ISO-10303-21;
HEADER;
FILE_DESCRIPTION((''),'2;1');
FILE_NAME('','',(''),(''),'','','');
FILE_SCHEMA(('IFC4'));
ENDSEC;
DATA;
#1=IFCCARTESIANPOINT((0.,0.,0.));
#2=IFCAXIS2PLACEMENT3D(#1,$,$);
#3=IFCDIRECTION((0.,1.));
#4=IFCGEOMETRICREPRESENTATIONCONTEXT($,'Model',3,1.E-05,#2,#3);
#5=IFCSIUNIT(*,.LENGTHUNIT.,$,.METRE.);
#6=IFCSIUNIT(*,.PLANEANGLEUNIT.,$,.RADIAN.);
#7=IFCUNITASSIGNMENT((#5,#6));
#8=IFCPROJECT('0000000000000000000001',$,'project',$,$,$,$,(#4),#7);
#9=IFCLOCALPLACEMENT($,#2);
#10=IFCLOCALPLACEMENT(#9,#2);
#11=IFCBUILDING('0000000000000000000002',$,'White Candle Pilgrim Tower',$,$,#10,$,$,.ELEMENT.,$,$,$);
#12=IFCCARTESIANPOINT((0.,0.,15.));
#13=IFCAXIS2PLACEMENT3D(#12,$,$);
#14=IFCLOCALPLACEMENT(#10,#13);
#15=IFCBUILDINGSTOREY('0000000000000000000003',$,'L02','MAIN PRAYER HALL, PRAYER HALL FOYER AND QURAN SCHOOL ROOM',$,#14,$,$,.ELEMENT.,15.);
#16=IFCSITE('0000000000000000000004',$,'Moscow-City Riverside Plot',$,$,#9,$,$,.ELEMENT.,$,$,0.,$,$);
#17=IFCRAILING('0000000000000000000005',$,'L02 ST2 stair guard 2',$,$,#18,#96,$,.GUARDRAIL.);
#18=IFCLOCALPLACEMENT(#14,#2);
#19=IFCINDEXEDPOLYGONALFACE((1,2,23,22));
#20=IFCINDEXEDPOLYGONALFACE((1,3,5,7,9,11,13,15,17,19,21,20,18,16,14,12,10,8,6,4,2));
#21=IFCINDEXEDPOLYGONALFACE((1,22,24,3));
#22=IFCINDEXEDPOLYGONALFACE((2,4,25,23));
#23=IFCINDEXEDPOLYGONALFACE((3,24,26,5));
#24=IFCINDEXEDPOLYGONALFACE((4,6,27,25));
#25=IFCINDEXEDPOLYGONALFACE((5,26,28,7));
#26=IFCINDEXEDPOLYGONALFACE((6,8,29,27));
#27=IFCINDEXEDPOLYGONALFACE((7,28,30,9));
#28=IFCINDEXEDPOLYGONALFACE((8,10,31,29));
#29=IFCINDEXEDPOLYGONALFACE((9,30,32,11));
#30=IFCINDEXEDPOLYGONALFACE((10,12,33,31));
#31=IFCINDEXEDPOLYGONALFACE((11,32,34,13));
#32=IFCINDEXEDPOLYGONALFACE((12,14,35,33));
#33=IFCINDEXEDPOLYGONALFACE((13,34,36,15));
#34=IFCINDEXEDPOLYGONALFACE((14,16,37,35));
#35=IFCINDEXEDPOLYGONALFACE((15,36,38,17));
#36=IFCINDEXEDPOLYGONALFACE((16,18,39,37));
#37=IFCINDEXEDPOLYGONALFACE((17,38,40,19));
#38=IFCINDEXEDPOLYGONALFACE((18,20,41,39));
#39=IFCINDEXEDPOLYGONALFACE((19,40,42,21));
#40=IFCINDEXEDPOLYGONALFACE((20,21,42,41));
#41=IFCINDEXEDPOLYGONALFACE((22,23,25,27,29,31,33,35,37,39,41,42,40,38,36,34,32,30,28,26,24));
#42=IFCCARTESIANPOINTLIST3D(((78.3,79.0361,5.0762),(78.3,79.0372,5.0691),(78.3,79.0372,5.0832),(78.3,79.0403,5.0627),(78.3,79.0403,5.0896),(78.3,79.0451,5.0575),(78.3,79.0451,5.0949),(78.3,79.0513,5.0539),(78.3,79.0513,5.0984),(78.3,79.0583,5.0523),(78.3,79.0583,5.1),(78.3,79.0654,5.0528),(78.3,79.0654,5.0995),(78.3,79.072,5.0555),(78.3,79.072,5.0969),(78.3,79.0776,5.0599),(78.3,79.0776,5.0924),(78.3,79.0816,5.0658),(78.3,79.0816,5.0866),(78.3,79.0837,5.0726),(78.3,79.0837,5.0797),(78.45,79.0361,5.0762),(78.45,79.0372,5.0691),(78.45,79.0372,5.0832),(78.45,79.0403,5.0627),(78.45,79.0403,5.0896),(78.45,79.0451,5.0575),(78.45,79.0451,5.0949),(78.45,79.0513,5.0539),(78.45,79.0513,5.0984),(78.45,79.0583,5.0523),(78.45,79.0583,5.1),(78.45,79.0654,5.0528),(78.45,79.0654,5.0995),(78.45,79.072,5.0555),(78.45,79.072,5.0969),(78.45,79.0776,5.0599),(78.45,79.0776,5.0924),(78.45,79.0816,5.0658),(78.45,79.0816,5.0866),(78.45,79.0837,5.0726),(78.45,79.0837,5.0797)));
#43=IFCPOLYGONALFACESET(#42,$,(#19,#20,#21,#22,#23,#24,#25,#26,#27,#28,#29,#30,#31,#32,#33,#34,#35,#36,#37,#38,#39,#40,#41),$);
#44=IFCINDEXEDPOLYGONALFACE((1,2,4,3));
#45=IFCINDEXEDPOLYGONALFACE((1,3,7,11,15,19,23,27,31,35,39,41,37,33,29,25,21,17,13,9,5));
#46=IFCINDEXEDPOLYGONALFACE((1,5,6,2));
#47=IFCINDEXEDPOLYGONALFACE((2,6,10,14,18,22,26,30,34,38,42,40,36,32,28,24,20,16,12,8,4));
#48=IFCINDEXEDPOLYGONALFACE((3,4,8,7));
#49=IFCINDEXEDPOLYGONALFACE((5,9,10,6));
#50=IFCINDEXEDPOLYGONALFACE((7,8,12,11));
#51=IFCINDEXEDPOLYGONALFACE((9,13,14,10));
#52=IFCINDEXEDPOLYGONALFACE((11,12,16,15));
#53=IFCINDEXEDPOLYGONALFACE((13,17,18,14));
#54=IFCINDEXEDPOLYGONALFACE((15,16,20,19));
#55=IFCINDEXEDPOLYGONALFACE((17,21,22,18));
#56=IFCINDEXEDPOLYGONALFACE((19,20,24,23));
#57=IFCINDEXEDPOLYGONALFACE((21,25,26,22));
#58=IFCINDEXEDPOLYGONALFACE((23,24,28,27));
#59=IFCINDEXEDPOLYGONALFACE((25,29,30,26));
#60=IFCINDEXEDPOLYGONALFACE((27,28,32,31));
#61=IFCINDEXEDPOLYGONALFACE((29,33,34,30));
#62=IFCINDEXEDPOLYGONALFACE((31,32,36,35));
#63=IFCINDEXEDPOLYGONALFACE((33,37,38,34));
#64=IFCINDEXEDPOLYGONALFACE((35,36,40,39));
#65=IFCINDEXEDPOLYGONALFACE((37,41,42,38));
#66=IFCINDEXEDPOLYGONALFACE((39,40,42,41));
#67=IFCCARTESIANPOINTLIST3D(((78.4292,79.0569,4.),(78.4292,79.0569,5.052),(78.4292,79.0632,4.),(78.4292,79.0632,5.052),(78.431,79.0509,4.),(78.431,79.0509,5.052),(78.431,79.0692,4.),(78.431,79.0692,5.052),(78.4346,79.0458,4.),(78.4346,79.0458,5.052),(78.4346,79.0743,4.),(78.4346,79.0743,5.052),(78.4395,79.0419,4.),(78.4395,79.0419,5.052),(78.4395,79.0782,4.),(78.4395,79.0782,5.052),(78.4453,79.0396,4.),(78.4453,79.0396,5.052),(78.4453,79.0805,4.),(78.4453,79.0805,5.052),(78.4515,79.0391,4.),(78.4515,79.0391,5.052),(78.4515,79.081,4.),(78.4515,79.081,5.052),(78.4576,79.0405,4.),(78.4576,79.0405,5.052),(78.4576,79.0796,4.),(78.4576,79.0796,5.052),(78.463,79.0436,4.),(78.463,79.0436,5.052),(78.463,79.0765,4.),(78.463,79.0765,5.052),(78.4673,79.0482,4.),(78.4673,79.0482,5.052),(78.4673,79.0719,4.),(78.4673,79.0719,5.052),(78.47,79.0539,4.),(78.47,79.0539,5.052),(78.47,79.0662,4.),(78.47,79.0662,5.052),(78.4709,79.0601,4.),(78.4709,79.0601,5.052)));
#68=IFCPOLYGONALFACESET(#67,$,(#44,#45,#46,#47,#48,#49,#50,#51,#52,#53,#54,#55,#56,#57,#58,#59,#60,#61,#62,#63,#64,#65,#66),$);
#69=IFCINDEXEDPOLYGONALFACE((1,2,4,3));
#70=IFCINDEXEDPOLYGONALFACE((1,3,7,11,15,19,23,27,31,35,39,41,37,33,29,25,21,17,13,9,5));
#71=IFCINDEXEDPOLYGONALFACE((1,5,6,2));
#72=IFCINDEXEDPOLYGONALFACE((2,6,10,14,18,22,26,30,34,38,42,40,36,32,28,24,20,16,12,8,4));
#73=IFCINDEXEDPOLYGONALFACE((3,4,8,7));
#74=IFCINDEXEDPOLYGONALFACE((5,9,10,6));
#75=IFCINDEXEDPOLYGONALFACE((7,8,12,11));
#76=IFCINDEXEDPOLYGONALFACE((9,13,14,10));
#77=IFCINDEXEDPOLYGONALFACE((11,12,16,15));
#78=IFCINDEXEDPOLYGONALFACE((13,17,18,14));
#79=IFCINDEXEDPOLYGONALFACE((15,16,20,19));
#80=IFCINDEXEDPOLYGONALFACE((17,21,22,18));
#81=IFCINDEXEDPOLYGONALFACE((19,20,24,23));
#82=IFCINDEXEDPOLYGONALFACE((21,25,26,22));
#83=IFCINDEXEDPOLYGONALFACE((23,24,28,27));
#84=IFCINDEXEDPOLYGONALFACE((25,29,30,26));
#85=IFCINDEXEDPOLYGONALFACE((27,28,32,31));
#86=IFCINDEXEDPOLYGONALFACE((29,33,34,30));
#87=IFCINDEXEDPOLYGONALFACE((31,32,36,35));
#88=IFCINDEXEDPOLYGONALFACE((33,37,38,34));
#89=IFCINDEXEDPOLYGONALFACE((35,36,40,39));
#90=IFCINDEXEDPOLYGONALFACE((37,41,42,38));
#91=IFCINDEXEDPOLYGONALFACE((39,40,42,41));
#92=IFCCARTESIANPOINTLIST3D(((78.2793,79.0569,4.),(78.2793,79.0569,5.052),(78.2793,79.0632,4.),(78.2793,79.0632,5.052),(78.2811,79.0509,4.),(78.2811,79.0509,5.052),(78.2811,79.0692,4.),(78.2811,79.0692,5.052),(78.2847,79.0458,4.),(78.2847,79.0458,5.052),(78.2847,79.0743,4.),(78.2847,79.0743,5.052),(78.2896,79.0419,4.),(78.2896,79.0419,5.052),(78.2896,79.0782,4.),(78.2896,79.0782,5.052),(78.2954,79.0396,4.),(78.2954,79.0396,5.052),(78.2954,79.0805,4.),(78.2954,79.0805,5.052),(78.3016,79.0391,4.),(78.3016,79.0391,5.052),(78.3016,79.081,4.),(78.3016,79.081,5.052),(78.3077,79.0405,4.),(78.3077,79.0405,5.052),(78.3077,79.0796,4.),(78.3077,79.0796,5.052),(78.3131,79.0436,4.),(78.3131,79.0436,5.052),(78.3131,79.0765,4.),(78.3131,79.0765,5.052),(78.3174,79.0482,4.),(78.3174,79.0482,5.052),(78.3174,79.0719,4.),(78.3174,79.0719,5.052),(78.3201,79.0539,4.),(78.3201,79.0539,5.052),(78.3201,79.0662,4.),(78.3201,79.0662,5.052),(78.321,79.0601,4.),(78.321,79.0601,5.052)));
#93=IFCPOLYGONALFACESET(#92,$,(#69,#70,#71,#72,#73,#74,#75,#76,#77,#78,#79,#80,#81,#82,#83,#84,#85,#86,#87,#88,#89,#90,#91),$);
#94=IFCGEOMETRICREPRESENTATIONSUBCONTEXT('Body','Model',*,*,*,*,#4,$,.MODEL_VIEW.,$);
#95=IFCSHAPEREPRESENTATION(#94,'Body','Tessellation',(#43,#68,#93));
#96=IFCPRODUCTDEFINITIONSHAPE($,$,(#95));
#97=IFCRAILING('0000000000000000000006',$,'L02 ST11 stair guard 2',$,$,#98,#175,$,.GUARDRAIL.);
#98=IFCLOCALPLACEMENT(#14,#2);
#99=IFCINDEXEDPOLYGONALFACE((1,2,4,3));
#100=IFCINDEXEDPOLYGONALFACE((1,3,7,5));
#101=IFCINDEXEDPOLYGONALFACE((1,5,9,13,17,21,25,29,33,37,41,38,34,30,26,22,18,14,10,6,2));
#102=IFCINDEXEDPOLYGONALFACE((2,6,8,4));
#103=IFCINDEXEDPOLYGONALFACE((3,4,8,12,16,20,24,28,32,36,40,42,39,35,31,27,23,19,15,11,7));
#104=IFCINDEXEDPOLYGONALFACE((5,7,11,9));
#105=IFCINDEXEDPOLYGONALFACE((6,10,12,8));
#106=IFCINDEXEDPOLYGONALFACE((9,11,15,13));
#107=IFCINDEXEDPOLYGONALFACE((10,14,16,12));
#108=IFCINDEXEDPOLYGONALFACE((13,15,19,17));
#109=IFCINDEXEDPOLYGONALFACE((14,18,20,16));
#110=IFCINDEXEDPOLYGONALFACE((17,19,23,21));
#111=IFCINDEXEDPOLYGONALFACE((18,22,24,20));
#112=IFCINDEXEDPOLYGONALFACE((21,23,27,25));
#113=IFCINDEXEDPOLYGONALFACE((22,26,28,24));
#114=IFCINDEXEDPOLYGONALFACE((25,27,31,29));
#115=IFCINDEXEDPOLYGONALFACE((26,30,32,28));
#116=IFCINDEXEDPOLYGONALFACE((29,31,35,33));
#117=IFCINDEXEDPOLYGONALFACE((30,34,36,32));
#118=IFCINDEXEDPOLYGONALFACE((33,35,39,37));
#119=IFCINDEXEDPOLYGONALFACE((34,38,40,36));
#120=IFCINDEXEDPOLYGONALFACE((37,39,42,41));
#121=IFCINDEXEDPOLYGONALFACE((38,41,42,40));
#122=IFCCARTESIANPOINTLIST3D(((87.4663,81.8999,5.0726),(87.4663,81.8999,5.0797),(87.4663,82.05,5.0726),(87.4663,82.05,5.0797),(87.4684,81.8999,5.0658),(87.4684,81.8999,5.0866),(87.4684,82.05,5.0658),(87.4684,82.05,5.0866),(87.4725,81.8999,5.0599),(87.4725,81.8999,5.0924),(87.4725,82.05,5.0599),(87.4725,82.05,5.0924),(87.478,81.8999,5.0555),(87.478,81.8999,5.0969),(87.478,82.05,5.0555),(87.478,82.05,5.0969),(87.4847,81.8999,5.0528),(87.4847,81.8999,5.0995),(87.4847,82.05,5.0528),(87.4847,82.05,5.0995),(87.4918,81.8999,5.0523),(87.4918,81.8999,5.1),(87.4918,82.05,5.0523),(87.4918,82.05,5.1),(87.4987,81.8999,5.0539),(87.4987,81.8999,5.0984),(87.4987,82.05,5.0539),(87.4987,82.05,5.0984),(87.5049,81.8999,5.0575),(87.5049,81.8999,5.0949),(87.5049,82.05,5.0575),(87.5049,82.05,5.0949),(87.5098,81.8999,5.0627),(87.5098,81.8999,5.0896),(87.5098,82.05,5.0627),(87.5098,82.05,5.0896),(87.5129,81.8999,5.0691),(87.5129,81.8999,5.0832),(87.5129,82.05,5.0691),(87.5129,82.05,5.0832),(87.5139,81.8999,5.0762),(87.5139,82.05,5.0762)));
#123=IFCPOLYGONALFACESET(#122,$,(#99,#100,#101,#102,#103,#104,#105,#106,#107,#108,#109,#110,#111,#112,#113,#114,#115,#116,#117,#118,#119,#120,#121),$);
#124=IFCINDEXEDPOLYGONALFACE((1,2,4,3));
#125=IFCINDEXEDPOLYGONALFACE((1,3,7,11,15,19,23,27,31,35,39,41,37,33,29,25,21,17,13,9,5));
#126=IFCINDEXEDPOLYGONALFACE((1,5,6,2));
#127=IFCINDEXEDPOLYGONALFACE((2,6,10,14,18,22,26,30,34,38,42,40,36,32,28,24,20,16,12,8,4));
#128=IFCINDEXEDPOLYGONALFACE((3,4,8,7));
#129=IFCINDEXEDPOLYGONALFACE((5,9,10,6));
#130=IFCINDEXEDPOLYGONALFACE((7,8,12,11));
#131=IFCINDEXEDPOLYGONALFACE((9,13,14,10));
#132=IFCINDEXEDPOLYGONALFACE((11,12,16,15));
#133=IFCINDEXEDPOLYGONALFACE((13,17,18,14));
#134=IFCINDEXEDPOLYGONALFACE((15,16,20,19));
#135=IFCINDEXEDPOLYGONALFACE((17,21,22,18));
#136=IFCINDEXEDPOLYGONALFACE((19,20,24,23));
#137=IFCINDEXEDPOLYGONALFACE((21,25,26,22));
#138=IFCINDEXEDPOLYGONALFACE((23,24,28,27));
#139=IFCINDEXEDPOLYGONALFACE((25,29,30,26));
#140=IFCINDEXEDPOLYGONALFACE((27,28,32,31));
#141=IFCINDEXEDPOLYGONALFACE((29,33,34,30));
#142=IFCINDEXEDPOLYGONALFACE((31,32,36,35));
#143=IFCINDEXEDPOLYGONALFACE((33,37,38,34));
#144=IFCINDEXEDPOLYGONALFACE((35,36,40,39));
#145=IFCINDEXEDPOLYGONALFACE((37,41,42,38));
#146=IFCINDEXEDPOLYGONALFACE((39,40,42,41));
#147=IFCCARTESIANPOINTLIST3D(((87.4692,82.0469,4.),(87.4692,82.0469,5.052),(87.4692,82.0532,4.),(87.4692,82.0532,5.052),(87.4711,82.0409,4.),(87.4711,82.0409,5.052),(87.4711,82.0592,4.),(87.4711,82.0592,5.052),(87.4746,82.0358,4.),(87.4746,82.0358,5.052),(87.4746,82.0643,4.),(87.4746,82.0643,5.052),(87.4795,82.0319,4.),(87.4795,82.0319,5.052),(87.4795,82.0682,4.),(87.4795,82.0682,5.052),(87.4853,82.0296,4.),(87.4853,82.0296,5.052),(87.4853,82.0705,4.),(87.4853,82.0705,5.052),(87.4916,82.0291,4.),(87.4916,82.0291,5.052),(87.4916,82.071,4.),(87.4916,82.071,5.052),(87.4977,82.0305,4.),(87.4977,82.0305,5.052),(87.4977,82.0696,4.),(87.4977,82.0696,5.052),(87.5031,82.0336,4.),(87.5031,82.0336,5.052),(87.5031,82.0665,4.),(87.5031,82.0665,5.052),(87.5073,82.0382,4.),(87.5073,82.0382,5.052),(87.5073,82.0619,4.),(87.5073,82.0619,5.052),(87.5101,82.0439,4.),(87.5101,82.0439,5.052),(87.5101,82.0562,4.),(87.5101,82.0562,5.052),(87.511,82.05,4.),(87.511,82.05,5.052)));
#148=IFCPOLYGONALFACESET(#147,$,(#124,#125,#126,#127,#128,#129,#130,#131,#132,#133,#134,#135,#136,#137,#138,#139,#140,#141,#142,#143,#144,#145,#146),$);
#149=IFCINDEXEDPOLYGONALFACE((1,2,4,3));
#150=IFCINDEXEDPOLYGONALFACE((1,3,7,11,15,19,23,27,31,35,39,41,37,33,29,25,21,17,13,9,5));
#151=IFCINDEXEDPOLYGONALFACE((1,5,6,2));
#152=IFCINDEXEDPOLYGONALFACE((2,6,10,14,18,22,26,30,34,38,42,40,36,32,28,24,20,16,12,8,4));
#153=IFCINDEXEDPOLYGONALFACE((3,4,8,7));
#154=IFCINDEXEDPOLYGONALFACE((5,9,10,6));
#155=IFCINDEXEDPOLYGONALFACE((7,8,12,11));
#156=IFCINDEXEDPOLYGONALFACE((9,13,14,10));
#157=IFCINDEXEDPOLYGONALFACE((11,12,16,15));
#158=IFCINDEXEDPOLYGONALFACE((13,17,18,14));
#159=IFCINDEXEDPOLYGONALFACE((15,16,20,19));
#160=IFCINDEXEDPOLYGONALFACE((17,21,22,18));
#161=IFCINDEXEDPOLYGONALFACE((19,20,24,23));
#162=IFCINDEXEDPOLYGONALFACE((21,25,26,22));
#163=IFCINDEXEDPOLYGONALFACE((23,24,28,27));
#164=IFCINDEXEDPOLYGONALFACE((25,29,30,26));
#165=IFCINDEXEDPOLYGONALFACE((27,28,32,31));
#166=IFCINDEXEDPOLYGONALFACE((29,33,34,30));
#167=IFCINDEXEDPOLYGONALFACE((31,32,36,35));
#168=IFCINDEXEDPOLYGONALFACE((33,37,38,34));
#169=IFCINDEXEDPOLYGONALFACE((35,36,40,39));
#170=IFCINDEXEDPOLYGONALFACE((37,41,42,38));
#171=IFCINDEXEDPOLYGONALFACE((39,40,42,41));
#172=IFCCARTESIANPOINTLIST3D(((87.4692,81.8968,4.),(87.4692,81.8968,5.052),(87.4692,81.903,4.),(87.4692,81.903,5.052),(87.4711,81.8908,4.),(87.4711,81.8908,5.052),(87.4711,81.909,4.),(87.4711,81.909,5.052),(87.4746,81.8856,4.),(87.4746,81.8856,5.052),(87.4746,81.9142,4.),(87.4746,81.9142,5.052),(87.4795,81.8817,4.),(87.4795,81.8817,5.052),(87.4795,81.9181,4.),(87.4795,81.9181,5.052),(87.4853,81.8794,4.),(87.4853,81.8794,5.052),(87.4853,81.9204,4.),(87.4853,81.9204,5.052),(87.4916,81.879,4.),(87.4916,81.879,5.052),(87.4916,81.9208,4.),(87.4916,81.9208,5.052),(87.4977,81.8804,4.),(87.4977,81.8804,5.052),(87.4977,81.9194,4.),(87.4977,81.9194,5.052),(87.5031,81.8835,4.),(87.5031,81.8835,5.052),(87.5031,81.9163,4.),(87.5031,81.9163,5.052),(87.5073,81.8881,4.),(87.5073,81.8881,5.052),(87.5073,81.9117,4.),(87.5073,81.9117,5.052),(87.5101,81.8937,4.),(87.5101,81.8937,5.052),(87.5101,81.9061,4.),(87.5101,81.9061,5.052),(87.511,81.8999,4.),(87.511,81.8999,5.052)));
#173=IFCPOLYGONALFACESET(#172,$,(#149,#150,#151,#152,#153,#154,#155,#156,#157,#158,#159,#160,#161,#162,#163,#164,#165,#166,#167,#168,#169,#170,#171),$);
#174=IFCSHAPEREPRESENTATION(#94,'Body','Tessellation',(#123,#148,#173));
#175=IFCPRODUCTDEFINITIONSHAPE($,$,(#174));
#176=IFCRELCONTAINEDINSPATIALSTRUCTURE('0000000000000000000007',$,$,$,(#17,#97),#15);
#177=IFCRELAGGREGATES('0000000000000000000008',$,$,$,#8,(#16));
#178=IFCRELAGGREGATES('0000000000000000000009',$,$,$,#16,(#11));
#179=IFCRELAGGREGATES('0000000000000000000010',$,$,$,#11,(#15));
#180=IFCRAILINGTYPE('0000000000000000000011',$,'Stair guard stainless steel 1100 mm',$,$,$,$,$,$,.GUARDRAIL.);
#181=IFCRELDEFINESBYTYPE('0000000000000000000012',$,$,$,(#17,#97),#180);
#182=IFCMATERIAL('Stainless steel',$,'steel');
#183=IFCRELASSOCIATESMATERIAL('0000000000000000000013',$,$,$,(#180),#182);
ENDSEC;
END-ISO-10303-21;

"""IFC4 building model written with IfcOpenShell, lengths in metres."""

from ifc_helpers import new_model, si_unit, direction, frame, origin, origin_2d, place, context, subcontext, project, spatial, circle, extrude, material, type_object, element, save


model = new_model("IFC4")

# Units and contexts
model_context = context("Model", 3, precision=1e-05, world=origin(), true_north=direction((0.0, 1.0)))
body_context = subcontext(model_context, "Body", "Model", "MODEL_VIEW")
ifc_project = project(units=[si_unit("LENGTHUNIT", "METRE"), si_unit("PLANEANGLEUNIT", "RADIAN")], contexts=[model_context])

# Site, building, storey
site_placement = place(None, origin())
site = spatial("IfcSite", under=ifc_project, at=site_placement, Name="Moscow-City Riverside Plot", CompositionType="ELEMENT", RefElevation=0.0)
building_placement = place(site_placement, origin())
building = spatial("IfcBuilding", under=site, at=building_placement, Name="White Candle Pilgrim Tower", CompositionType="ELEMENT")
storey_placement = place(building_placement, frame((0.0, 0.0, 15.0)))
storey = spatial("IfcBuildingStorey", under=building, at=storey_placement, Name="L02", Description="MAIN PRAYER HALL, PRAYER HALL FOYER AND QURAN SCHOOL ROOM", CompositionType="ELEMENT", Elevation=15.0)

# Railings
ifc_material_1 = material(Name="Stainless steel", Category="steel")
railing_type_1 = type_object("IfcRailingType", Name="Stair guard stainless steel 1100 mm", PredefinedType="GUARDRAIL", material=ifc_material_1)
railing_1_placement = place(storey_placement, frame((78.45, 79.0601, 4.0)))
element("IfcRailing", 1, at=railing_1_placement, inside=storey, type_object=railing_type_1, Name="L02 ST2 stair guard 2", PredefinedType="GUARDRAIL", context=body_context, shape_type="SweptSolid", body=[
    extrude(circle(Radius=0.0239, at=origin_2d()), frame((0.0, 0.0, 1.0762), z_axis=(-1.0, 0.0, 0.0), x_axis=(0.0, -1.0, 0.0)), (0.0, 0.0, 1.0), 0.1499),
    extrude(circle(Radius=0.021, at=origin_2d()), origin(), (0.0, 0.0, 1.0), 1.052),
    extrude(circle(Radius=0.021, at=origin_2d()), frame((-0.1499, 0.0, 0.0)), (0.0, 0.0, 1.0), 1.052),
])
railing_2_placement = place(storey_placement, frame((87.49, 82.05, 4.0)))
element("IfcRailing", 2, at=railing_2_placement, inside=storey, type_object=railing_type_1, Name="L02 ST11 stair guard 2", PredefinedType="GUARDRAIL", context=body_context, shape_type="SweptSolid", body=[
    extrude(circle(Radius=0.0239, at=origin_2d()), frame((0.0, 0.0, 1.0762), z_axis=(0.0, -1.0, 0.0), x_axis=(1.0, 0.0, 0.0)), (0.0, 0.0, 1.0), 0.1501),
    extrude(circle(Radius=0.021, at=origin_2d()), origin(), (0.0, 0.0, 1.0), 1.052),
    extrude(circle(Radius=0.021, at=origin_2d()), frame((0.0, -0.1501, 0.0)), (0.0, 0.0, 1.0), 1.052),
])

save(model, "model.ifc")
